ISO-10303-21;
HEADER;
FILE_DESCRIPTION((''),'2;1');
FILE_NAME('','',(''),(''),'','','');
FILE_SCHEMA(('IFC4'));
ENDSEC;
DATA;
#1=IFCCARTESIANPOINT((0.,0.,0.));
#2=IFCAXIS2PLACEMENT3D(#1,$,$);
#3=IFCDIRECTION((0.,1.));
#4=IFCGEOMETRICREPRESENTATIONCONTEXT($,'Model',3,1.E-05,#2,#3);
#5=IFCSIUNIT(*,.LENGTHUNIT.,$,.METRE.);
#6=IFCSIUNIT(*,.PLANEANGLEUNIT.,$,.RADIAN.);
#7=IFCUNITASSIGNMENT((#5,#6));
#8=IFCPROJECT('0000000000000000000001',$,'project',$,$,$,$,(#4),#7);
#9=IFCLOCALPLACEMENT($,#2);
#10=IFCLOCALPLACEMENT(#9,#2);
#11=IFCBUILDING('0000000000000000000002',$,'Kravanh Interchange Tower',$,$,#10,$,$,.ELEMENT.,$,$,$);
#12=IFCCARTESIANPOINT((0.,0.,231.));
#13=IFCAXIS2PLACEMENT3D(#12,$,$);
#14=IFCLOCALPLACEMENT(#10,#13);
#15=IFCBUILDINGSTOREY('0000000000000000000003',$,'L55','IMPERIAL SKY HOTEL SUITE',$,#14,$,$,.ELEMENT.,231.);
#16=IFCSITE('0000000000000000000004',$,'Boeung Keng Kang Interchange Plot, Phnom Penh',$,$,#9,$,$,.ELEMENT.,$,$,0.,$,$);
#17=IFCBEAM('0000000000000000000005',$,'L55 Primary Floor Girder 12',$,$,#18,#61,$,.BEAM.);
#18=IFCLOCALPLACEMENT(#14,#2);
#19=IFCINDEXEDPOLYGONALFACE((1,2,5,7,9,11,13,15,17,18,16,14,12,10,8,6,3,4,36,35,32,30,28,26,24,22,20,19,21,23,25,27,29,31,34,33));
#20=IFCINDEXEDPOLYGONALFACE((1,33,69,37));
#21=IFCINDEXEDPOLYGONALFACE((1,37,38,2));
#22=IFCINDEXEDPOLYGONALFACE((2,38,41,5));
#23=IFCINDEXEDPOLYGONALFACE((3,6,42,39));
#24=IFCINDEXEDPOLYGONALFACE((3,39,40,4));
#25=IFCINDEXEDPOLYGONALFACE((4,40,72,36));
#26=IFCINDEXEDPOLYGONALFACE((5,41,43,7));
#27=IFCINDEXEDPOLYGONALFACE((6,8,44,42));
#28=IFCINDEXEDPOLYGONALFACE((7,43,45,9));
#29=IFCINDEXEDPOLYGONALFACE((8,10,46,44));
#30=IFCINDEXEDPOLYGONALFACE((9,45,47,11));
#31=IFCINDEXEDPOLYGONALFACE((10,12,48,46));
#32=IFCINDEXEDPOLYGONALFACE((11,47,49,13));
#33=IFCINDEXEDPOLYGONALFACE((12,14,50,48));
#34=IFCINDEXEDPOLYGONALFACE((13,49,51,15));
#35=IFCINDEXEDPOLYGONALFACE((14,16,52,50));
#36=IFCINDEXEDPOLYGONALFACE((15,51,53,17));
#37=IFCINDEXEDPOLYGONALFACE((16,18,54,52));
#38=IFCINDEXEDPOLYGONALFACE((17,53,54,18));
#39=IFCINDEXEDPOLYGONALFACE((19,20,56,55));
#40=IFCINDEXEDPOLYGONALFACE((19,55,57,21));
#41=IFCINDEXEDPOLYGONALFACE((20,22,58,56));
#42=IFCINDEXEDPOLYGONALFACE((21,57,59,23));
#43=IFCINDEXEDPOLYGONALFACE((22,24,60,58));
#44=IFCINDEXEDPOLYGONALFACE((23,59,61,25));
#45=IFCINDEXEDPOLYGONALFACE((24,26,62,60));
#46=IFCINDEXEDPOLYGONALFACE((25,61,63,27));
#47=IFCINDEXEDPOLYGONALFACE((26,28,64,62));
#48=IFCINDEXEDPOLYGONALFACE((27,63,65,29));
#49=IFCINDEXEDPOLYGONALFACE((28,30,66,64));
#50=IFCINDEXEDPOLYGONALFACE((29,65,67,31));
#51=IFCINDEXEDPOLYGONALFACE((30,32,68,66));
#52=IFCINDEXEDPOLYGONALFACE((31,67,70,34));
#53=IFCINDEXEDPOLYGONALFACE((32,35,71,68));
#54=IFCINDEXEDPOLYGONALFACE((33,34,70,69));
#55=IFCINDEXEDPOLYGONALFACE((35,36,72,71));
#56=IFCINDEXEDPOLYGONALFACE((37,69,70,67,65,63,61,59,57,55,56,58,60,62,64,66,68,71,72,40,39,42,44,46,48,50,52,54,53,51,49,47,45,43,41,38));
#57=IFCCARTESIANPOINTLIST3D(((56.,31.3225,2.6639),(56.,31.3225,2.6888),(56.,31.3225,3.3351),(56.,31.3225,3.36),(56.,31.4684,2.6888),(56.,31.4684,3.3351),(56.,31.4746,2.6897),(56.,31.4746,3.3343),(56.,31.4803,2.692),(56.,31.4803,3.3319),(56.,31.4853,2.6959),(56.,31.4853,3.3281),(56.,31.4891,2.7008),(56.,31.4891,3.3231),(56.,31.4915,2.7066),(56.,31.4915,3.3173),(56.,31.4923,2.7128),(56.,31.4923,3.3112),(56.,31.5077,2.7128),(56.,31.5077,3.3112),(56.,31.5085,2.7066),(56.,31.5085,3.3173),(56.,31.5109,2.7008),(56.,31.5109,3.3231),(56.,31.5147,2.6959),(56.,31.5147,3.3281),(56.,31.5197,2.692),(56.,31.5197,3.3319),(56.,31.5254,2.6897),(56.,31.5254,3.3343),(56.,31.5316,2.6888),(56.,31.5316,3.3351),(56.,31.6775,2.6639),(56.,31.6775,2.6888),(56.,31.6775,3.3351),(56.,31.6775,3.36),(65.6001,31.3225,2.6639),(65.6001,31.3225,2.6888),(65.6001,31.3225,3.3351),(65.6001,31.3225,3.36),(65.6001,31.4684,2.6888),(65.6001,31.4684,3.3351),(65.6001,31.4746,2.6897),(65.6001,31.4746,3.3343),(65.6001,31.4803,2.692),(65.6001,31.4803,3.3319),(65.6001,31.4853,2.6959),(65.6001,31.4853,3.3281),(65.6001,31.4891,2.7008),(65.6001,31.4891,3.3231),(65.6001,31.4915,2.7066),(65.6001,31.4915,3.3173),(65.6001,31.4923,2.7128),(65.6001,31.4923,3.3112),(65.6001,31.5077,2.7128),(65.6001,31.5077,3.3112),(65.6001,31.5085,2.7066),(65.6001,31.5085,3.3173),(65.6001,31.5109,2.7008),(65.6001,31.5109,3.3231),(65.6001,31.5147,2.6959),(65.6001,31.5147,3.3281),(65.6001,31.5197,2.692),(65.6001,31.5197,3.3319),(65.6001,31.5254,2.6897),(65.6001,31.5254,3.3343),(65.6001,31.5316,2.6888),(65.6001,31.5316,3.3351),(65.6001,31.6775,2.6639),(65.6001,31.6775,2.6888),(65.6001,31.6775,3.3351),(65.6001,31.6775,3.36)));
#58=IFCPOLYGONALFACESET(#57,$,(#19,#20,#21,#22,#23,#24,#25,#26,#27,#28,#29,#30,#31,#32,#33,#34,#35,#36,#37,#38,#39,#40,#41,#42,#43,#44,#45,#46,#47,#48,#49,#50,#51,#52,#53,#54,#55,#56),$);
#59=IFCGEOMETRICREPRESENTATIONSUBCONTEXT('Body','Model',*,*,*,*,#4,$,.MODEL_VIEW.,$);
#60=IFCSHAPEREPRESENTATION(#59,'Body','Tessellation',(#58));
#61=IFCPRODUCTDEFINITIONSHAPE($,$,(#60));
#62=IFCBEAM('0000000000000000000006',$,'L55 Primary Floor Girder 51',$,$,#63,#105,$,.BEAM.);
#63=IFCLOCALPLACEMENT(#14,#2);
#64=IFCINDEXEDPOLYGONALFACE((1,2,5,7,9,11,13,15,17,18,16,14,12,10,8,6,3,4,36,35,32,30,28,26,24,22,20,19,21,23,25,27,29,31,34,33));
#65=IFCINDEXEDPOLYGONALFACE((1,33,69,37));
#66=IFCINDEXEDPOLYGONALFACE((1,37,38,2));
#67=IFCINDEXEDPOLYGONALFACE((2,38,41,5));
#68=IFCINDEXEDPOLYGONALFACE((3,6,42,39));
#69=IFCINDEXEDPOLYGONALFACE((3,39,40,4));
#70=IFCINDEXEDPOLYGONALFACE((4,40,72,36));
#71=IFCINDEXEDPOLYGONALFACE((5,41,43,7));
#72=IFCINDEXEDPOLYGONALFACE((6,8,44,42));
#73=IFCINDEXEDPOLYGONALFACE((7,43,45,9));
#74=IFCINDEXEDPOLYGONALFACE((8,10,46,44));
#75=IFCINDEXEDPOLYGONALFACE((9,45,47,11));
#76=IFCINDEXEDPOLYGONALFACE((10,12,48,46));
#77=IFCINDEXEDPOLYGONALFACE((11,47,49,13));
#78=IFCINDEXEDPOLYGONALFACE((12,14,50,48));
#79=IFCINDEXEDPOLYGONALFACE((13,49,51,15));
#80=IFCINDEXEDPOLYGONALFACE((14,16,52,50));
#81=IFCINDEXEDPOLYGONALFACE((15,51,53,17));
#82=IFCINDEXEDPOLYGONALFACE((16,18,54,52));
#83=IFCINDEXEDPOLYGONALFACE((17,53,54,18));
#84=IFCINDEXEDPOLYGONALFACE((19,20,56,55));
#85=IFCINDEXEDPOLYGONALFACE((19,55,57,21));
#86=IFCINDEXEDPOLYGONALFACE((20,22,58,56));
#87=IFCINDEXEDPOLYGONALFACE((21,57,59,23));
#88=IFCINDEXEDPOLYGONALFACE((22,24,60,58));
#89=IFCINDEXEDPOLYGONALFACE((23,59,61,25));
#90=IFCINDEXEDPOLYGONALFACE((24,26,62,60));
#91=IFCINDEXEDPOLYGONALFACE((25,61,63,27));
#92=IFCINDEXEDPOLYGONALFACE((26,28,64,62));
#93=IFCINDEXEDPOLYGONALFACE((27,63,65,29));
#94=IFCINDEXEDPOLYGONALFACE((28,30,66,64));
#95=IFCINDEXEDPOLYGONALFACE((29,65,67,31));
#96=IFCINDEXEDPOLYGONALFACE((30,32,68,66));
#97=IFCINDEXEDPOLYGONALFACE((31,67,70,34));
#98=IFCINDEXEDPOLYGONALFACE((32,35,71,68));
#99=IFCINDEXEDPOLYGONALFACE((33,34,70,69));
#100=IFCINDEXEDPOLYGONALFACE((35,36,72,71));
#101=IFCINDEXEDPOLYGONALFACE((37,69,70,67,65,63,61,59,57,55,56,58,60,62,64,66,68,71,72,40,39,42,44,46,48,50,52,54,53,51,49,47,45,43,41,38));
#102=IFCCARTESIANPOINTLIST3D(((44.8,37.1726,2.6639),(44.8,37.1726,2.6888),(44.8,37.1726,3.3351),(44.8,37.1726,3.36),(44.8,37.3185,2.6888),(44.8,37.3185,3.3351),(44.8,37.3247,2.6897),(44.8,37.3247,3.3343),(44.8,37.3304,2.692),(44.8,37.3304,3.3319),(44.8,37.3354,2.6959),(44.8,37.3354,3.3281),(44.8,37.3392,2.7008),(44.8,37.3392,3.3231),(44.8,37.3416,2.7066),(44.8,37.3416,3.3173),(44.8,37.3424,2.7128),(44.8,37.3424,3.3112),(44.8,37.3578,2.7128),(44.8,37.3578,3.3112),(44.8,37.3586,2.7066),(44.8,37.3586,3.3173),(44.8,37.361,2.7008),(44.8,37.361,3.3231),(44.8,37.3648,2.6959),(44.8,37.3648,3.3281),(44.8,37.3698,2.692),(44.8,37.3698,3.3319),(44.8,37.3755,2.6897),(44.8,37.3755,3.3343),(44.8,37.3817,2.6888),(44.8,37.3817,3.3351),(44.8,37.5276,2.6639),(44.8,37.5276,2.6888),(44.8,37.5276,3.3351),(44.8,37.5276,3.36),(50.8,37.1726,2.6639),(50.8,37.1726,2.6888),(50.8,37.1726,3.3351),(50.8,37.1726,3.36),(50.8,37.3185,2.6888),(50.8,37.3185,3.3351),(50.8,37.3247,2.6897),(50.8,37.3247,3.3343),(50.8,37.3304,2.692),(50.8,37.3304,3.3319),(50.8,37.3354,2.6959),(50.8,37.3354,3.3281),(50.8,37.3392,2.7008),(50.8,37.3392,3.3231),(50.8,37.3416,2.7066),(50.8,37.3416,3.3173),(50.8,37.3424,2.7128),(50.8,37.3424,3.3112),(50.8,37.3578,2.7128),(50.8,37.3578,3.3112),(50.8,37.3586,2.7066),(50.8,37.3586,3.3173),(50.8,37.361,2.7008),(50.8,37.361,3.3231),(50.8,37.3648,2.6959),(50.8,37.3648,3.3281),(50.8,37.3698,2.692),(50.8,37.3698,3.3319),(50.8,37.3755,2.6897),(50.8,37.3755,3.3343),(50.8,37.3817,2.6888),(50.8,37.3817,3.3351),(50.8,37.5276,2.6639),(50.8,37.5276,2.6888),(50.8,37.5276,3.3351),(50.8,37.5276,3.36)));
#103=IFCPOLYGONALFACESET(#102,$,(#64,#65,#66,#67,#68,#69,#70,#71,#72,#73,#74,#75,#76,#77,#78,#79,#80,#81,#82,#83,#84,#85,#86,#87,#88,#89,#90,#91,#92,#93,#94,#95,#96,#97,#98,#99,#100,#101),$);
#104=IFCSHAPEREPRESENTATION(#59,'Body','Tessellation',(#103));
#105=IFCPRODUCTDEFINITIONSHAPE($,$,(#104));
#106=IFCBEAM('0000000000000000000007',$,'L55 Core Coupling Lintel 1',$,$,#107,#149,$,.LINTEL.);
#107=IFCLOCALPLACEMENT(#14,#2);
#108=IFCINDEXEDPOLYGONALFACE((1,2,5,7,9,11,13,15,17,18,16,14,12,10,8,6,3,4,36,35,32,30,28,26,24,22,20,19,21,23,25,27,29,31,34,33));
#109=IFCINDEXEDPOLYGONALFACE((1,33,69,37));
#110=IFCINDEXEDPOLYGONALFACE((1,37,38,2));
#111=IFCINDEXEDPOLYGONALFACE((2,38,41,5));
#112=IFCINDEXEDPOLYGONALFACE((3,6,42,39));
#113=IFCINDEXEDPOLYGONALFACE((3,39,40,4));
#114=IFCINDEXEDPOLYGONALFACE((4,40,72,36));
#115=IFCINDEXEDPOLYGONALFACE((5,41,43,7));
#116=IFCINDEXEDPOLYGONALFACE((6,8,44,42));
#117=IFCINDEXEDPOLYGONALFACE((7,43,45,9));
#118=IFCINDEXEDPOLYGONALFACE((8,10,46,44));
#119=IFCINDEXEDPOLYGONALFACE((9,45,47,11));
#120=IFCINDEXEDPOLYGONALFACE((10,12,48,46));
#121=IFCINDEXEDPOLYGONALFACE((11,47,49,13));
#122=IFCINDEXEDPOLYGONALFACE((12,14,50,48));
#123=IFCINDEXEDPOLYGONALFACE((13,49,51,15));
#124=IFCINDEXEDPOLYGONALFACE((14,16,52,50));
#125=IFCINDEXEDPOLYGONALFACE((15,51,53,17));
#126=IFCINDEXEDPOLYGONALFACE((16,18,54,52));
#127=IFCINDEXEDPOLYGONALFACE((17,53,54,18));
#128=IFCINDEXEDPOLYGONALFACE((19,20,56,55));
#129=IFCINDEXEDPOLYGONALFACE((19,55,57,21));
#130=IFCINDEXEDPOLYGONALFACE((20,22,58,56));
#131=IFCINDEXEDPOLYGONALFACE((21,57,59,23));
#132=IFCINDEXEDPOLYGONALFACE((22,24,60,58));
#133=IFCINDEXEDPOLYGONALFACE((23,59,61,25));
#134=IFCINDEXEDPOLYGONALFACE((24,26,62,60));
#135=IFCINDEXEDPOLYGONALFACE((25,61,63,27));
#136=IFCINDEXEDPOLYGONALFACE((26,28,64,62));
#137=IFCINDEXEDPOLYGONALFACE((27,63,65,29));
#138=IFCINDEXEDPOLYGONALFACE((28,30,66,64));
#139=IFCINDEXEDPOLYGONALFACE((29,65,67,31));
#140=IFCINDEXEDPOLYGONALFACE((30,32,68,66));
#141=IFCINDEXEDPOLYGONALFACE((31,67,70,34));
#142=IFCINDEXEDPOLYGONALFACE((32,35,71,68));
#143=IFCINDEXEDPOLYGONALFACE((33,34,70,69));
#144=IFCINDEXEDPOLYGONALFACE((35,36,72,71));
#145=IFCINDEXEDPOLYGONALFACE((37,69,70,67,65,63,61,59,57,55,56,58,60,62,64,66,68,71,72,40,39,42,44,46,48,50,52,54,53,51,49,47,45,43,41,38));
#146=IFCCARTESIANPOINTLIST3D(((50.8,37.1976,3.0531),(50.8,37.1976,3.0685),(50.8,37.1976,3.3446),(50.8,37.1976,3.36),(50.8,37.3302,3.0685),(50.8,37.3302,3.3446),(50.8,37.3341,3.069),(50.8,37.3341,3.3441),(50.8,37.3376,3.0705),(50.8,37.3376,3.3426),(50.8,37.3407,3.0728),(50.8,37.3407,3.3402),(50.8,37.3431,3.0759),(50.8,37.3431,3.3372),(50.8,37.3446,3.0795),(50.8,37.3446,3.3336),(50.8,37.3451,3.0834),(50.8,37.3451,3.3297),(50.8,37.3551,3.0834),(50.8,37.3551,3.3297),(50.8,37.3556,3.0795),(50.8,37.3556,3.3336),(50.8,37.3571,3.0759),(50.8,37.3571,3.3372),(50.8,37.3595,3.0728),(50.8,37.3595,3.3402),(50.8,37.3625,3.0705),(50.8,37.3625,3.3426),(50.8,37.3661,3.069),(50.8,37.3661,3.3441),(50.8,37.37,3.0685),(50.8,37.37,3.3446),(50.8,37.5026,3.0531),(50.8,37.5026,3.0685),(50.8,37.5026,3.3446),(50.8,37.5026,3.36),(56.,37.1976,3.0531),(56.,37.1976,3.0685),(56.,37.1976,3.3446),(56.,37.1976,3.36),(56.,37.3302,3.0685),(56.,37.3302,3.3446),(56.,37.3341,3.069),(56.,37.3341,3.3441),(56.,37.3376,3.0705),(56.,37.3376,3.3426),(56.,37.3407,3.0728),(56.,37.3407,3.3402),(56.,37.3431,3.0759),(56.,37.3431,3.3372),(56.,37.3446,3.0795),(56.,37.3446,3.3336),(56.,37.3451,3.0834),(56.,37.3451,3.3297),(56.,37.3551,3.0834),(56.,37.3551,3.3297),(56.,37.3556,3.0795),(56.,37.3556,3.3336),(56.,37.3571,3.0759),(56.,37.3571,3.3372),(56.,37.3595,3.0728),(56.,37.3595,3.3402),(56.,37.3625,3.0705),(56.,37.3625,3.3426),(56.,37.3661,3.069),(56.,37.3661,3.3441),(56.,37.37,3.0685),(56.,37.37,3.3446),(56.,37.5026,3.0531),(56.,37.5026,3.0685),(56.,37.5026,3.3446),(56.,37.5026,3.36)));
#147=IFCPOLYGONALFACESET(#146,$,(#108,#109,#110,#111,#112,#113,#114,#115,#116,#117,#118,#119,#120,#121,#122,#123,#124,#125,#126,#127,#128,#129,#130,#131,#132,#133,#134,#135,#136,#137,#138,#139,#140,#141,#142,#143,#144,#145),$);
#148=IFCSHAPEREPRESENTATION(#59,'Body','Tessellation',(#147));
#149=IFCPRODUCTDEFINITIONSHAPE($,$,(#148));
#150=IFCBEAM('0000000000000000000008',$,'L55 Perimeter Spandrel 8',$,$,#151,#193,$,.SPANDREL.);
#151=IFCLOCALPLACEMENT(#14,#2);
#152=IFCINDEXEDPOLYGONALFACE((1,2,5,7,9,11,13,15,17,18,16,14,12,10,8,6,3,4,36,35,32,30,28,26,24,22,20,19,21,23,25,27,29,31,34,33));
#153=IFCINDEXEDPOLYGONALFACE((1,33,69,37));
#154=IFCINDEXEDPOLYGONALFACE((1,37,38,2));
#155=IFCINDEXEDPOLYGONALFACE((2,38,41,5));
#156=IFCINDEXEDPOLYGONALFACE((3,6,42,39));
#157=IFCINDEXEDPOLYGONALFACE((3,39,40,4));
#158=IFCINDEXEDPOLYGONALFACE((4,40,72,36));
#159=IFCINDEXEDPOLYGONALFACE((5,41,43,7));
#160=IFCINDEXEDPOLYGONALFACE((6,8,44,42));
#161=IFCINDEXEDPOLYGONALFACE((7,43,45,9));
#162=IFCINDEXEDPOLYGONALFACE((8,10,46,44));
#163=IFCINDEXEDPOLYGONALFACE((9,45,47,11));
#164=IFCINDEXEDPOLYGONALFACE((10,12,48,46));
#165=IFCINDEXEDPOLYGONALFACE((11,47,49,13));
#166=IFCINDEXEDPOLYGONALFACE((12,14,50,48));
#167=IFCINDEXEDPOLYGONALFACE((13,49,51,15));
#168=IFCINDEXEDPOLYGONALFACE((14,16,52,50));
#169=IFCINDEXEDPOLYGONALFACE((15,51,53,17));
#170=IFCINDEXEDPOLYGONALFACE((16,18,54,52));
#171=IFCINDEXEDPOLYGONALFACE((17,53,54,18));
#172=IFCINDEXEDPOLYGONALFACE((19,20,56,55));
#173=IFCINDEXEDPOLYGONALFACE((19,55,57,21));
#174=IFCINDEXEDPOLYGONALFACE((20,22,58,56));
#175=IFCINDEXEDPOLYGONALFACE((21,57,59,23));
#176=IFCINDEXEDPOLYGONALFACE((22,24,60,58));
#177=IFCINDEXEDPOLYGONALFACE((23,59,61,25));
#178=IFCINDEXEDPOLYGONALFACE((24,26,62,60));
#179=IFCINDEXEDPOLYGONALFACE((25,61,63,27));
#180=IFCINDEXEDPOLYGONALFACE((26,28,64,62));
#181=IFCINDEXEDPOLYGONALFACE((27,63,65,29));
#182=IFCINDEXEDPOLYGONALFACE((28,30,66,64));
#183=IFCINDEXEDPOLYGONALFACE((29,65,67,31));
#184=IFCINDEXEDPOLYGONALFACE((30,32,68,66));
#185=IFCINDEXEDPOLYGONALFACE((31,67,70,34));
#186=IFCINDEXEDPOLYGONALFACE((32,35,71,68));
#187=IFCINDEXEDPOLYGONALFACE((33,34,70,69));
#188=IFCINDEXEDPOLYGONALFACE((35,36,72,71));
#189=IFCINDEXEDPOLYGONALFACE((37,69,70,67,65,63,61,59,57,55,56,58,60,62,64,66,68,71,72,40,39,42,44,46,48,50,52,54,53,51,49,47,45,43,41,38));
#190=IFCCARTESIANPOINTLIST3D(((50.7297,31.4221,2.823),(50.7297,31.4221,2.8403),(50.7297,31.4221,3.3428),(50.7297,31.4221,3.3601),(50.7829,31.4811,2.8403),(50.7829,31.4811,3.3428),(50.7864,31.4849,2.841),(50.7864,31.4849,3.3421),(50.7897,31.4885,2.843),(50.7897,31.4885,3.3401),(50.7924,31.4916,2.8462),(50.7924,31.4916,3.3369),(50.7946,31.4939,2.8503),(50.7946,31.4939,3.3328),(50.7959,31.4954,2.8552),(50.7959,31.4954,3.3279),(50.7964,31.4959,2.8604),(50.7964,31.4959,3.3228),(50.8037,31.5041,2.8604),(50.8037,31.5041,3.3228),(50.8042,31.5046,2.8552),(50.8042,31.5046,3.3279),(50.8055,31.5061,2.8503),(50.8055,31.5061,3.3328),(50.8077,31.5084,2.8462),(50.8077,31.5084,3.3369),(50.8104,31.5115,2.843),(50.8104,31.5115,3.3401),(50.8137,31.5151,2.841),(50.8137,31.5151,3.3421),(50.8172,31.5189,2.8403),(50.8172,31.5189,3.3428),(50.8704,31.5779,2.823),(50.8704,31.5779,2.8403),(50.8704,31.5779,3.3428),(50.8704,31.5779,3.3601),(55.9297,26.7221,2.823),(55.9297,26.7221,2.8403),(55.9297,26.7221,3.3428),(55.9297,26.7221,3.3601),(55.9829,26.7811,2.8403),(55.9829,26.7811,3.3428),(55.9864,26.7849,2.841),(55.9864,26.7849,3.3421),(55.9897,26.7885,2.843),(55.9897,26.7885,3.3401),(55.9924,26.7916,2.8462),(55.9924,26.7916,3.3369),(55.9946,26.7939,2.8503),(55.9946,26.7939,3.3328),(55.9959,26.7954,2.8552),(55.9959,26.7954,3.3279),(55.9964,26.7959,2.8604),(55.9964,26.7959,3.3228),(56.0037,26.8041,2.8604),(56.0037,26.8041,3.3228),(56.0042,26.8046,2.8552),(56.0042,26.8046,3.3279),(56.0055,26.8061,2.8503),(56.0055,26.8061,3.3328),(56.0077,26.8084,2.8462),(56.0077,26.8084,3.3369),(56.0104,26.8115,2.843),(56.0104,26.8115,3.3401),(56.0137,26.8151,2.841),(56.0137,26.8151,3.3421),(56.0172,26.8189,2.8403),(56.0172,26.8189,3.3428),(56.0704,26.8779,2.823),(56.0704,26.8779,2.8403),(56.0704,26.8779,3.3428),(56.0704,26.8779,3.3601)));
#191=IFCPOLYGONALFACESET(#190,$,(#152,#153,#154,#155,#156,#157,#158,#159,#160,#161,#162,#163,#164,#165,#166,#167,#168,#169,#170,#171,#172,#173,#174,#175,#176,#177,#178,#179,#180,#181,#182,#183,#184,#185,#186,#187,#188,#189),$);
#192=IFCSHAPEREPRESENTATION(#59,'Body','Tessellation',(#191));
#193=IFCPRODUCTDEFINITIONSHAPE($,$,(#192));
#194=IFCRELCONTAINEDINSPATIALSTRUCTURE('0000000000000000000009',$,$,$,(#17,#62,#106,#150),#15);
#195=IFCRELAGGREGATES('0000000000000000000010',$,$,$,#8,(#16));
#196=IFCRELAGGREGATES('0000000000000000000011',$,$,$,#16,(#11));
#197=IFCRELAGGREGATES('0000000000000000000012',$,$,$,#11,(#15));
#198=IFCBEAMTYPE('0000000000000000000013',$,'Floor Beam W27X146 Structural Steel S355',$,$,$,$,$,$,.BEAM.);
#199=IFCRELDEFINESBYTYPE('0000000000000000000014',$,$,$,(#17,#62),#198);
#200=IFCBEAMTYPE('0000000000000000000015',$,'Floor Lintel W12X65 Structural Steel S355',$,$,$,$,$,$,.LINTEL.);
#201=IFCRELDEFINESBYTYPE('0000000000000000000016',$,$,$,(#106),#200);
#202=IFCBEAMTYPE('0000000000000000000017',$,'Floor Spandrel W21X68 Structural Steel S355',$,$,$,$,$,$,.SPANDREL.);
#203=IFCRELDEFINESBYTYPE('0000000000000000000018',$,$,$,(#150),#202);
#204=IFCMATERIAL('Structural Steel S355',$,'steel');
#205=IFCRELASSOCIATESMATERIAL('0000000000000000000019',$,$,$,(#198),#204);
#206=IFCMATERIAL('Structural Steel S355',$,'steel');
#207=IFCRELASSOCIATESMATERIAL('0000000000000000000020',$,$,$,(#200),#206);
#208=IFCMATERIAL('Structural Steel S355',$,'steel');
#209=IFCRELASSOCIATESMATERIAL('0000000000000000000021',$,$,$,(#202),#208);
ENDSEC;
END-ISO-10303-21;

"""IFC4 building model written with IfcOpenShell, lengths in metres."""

from ifc_helpers import new_model, si_unit, direction, frame, origin, origin_2d, place, context, subcontext, project, spatial, i_section, extrude, material, material_profile, profile_set, type_object, element, save


model = new_model("IFC4")

# Units and contexts
model_context = context("Model", 3, precision=1e-05, world=origin(), true_north=direction((0.0, 1.0)))
body_context = subcontext(model_context, "Body", "Model", "MODEL_VIEW")
ifc_project = project(units=[si_unit("LENGTHUNIT", "METRE"), si_unit("PLANEANGLEUNIT", "RADIAN")], contexts=[model_context])

# Site, building, storey
site_placement = place(None, origin())
site = spatial("IfcSite", under=ifc_project, at=site_placement, Name="Boeung Keng Kang Interchange Plot, Phnom Penh", CompositionType="ELEMENT", RefElevation=0.0)
building_placement = place(site_placement, origin())
building = spatial("IfcBuilding", under=site, at=building_placement, Name="Kravanh Interchange Tower", CompositionType="ELEMENT")
storey_placement = place(building_placement, frame((0.0, 0.0, 231.0)))
storey = spatial("IfcBuildingStorey", under=building, at=storey_placement, Name="L55", Description="IMPERIAL SKY HOTEL SUITE", CompositionType="ELEMENT", Elevation=231.0)

# Beams
ifc_material_1 = material(Name="Structural Steel S355", Category="steel")
ifc_material_profile_1 = material_profile(ifc_material_1, i_section(OverallWidth=0.355, OverallDepth=0.696, WebThickness=0.0154, FlangeThickness=0.0249, FilletRadius=0.0239, at=origin_2d()), Name="W27X146")
ifc_profile_set_1 = profile_set([ifc_material_profile_1], Name="Structural Steel S355")
beam_type_1 = type_object("IfcBeamType", Name="Floor Beam W27X146 Structural Steel S355", PredefinedType="BEAM", material=ifc_profile_set_1)
beam_1_placement = place(storey_placement, frame((56.0, 31.5, 3.012), z_axis=(1.0, 0.0, 0.0), x_axis=(0.0, 1.0, 0.0)))
element("IfcBeam", 1, at=beam_1_placement, inside=storey, type_object=beam_type_1, Name="L55 Primary Floor Girder 12", PredefinedType="BEAM", context=body_context, shape_type="SweptSolid", body=[
    extrude(i_section(OverallWidth=0.355, OverallDepth=0.696, WebThickness=0.0154, FlangeThickness=0.0249, FilletRadius=0.0239, at=origin_2d()), origin(), (0.0, 0.0, 1.0), 9.6001),
])
beam_2_placement = place(storey_placement, frame((50.8, 37.3501, 3.012), z_axis=(-1.0, 0.0, 0.0), x_axis=(0.0, -1.0, 0.0)))
element("IfcBeam", 2, at=beam_2_placement, inside=storey, type_object=beam_type_1, Name="L55 Primary Floor Girder 51", PredefinedType="BEAM", context=body_context, shape_type="SweptSolid", body=[
    extrude(i_section(OverallWidth=0.355, OverallDepth=0.696, WebThickness=0.0154, FlangeThickness=0.0249, FilletRadius=0.0239, at=origin_2d()), origin(), (0.0, 0.0, 1.0), 6.0),
])
ifc_material_2 = material(Name="Structural Steel S355", Category="steel")
ifc_material_profile_2 = material_profile(ifc_material_2, i_section(OverallWidth=0.3049, OverallDepth=0.3069, WebThickness=0.01, FlangeThickness=0.0154, FilletRadius=0.0149, at=origin_2d()), Name="W12X65")
ifc_profile_set_2 = profile_set([ifc_material_profile_2], Name="Structural Steel S355")
beam_type_2 = type_object("IfcBeamType", Name="Floor Lintel W12X65 Structural Steel S355", PredefinedType="LINTEL", material=ifc_profile_set_2)
beam_3_placement = place(storey_placement, frame((50.8, 37.3501, 3.2065), z_axis=(1.0, 0.0, 0.0), x_axis=(0.0, 1.0, 0.0)))
element("IfcBeam", 3, at=beam_3_placement, inside=storey, type_object=beam_type_2, Name="L55 Core Coupling Lintel 1", PredefinedType="LINTEL", context=body_context, shape_type="SweptSolid", body=[
    extrude(i_section(OverallWidth=0.3049, OverallDepth=0.3069, WebThickness=0.01, FlangeThickness=0.0154, FilletRadius=0.0149, at=origin_2d()), origin(), (0.0, 0.0, 1.0), 5.2),
])
ifc_material_3 = material(Name="Structural Steel S355", Category="steel")
ifc_material_profile_3 = material_profile(ifc_material_3, i_section(OverallWidth=0.21, OverallDepth=0.5371, WebThickness=0.011, FlangeThickness=0.0173, FilletRadius=0.02, at=origin_2d()), Name="W21X68")
ifc_profile_set_3 = profile_set([ifc_material_profile_3], Name="Structural Steel S355")
beam_type_3 = type_object("IfcBeamType", Name="Floor Spandrel W21X68 Structural Steel S355", PredefinedType="SPANDREL", material=ifc_profile_set_3)
for number, where, z_axis, x_axis, name in (
    (4, (50.8, 31.5, 3.0916), (0.741874, -0.670539, 0.0), (0.670539, 0.741874, 0.0), "L55 Perimeter Spandrel 8"),
):
    element("IfcBeam", number, at=place(storey_placement, frame(where, z_axis=z_axis, x_axis=x_axis)), inside=storey, type_object=beam_type_3, Name=name, PredefinedType="SPANDREL", context=body_context, shape_type="SweptSolid", body=[
        extrude(i_section(OverallWidth=0.21, OverallDepth=0.5371, WebThickness=0.011, FlangeThickness=0.0173, FilletRadius=0.02, at=origin_2d()), origin(), (0.0, 0.0, 1.0), 7.0093),
    ])

save(model, "model.ifc")
